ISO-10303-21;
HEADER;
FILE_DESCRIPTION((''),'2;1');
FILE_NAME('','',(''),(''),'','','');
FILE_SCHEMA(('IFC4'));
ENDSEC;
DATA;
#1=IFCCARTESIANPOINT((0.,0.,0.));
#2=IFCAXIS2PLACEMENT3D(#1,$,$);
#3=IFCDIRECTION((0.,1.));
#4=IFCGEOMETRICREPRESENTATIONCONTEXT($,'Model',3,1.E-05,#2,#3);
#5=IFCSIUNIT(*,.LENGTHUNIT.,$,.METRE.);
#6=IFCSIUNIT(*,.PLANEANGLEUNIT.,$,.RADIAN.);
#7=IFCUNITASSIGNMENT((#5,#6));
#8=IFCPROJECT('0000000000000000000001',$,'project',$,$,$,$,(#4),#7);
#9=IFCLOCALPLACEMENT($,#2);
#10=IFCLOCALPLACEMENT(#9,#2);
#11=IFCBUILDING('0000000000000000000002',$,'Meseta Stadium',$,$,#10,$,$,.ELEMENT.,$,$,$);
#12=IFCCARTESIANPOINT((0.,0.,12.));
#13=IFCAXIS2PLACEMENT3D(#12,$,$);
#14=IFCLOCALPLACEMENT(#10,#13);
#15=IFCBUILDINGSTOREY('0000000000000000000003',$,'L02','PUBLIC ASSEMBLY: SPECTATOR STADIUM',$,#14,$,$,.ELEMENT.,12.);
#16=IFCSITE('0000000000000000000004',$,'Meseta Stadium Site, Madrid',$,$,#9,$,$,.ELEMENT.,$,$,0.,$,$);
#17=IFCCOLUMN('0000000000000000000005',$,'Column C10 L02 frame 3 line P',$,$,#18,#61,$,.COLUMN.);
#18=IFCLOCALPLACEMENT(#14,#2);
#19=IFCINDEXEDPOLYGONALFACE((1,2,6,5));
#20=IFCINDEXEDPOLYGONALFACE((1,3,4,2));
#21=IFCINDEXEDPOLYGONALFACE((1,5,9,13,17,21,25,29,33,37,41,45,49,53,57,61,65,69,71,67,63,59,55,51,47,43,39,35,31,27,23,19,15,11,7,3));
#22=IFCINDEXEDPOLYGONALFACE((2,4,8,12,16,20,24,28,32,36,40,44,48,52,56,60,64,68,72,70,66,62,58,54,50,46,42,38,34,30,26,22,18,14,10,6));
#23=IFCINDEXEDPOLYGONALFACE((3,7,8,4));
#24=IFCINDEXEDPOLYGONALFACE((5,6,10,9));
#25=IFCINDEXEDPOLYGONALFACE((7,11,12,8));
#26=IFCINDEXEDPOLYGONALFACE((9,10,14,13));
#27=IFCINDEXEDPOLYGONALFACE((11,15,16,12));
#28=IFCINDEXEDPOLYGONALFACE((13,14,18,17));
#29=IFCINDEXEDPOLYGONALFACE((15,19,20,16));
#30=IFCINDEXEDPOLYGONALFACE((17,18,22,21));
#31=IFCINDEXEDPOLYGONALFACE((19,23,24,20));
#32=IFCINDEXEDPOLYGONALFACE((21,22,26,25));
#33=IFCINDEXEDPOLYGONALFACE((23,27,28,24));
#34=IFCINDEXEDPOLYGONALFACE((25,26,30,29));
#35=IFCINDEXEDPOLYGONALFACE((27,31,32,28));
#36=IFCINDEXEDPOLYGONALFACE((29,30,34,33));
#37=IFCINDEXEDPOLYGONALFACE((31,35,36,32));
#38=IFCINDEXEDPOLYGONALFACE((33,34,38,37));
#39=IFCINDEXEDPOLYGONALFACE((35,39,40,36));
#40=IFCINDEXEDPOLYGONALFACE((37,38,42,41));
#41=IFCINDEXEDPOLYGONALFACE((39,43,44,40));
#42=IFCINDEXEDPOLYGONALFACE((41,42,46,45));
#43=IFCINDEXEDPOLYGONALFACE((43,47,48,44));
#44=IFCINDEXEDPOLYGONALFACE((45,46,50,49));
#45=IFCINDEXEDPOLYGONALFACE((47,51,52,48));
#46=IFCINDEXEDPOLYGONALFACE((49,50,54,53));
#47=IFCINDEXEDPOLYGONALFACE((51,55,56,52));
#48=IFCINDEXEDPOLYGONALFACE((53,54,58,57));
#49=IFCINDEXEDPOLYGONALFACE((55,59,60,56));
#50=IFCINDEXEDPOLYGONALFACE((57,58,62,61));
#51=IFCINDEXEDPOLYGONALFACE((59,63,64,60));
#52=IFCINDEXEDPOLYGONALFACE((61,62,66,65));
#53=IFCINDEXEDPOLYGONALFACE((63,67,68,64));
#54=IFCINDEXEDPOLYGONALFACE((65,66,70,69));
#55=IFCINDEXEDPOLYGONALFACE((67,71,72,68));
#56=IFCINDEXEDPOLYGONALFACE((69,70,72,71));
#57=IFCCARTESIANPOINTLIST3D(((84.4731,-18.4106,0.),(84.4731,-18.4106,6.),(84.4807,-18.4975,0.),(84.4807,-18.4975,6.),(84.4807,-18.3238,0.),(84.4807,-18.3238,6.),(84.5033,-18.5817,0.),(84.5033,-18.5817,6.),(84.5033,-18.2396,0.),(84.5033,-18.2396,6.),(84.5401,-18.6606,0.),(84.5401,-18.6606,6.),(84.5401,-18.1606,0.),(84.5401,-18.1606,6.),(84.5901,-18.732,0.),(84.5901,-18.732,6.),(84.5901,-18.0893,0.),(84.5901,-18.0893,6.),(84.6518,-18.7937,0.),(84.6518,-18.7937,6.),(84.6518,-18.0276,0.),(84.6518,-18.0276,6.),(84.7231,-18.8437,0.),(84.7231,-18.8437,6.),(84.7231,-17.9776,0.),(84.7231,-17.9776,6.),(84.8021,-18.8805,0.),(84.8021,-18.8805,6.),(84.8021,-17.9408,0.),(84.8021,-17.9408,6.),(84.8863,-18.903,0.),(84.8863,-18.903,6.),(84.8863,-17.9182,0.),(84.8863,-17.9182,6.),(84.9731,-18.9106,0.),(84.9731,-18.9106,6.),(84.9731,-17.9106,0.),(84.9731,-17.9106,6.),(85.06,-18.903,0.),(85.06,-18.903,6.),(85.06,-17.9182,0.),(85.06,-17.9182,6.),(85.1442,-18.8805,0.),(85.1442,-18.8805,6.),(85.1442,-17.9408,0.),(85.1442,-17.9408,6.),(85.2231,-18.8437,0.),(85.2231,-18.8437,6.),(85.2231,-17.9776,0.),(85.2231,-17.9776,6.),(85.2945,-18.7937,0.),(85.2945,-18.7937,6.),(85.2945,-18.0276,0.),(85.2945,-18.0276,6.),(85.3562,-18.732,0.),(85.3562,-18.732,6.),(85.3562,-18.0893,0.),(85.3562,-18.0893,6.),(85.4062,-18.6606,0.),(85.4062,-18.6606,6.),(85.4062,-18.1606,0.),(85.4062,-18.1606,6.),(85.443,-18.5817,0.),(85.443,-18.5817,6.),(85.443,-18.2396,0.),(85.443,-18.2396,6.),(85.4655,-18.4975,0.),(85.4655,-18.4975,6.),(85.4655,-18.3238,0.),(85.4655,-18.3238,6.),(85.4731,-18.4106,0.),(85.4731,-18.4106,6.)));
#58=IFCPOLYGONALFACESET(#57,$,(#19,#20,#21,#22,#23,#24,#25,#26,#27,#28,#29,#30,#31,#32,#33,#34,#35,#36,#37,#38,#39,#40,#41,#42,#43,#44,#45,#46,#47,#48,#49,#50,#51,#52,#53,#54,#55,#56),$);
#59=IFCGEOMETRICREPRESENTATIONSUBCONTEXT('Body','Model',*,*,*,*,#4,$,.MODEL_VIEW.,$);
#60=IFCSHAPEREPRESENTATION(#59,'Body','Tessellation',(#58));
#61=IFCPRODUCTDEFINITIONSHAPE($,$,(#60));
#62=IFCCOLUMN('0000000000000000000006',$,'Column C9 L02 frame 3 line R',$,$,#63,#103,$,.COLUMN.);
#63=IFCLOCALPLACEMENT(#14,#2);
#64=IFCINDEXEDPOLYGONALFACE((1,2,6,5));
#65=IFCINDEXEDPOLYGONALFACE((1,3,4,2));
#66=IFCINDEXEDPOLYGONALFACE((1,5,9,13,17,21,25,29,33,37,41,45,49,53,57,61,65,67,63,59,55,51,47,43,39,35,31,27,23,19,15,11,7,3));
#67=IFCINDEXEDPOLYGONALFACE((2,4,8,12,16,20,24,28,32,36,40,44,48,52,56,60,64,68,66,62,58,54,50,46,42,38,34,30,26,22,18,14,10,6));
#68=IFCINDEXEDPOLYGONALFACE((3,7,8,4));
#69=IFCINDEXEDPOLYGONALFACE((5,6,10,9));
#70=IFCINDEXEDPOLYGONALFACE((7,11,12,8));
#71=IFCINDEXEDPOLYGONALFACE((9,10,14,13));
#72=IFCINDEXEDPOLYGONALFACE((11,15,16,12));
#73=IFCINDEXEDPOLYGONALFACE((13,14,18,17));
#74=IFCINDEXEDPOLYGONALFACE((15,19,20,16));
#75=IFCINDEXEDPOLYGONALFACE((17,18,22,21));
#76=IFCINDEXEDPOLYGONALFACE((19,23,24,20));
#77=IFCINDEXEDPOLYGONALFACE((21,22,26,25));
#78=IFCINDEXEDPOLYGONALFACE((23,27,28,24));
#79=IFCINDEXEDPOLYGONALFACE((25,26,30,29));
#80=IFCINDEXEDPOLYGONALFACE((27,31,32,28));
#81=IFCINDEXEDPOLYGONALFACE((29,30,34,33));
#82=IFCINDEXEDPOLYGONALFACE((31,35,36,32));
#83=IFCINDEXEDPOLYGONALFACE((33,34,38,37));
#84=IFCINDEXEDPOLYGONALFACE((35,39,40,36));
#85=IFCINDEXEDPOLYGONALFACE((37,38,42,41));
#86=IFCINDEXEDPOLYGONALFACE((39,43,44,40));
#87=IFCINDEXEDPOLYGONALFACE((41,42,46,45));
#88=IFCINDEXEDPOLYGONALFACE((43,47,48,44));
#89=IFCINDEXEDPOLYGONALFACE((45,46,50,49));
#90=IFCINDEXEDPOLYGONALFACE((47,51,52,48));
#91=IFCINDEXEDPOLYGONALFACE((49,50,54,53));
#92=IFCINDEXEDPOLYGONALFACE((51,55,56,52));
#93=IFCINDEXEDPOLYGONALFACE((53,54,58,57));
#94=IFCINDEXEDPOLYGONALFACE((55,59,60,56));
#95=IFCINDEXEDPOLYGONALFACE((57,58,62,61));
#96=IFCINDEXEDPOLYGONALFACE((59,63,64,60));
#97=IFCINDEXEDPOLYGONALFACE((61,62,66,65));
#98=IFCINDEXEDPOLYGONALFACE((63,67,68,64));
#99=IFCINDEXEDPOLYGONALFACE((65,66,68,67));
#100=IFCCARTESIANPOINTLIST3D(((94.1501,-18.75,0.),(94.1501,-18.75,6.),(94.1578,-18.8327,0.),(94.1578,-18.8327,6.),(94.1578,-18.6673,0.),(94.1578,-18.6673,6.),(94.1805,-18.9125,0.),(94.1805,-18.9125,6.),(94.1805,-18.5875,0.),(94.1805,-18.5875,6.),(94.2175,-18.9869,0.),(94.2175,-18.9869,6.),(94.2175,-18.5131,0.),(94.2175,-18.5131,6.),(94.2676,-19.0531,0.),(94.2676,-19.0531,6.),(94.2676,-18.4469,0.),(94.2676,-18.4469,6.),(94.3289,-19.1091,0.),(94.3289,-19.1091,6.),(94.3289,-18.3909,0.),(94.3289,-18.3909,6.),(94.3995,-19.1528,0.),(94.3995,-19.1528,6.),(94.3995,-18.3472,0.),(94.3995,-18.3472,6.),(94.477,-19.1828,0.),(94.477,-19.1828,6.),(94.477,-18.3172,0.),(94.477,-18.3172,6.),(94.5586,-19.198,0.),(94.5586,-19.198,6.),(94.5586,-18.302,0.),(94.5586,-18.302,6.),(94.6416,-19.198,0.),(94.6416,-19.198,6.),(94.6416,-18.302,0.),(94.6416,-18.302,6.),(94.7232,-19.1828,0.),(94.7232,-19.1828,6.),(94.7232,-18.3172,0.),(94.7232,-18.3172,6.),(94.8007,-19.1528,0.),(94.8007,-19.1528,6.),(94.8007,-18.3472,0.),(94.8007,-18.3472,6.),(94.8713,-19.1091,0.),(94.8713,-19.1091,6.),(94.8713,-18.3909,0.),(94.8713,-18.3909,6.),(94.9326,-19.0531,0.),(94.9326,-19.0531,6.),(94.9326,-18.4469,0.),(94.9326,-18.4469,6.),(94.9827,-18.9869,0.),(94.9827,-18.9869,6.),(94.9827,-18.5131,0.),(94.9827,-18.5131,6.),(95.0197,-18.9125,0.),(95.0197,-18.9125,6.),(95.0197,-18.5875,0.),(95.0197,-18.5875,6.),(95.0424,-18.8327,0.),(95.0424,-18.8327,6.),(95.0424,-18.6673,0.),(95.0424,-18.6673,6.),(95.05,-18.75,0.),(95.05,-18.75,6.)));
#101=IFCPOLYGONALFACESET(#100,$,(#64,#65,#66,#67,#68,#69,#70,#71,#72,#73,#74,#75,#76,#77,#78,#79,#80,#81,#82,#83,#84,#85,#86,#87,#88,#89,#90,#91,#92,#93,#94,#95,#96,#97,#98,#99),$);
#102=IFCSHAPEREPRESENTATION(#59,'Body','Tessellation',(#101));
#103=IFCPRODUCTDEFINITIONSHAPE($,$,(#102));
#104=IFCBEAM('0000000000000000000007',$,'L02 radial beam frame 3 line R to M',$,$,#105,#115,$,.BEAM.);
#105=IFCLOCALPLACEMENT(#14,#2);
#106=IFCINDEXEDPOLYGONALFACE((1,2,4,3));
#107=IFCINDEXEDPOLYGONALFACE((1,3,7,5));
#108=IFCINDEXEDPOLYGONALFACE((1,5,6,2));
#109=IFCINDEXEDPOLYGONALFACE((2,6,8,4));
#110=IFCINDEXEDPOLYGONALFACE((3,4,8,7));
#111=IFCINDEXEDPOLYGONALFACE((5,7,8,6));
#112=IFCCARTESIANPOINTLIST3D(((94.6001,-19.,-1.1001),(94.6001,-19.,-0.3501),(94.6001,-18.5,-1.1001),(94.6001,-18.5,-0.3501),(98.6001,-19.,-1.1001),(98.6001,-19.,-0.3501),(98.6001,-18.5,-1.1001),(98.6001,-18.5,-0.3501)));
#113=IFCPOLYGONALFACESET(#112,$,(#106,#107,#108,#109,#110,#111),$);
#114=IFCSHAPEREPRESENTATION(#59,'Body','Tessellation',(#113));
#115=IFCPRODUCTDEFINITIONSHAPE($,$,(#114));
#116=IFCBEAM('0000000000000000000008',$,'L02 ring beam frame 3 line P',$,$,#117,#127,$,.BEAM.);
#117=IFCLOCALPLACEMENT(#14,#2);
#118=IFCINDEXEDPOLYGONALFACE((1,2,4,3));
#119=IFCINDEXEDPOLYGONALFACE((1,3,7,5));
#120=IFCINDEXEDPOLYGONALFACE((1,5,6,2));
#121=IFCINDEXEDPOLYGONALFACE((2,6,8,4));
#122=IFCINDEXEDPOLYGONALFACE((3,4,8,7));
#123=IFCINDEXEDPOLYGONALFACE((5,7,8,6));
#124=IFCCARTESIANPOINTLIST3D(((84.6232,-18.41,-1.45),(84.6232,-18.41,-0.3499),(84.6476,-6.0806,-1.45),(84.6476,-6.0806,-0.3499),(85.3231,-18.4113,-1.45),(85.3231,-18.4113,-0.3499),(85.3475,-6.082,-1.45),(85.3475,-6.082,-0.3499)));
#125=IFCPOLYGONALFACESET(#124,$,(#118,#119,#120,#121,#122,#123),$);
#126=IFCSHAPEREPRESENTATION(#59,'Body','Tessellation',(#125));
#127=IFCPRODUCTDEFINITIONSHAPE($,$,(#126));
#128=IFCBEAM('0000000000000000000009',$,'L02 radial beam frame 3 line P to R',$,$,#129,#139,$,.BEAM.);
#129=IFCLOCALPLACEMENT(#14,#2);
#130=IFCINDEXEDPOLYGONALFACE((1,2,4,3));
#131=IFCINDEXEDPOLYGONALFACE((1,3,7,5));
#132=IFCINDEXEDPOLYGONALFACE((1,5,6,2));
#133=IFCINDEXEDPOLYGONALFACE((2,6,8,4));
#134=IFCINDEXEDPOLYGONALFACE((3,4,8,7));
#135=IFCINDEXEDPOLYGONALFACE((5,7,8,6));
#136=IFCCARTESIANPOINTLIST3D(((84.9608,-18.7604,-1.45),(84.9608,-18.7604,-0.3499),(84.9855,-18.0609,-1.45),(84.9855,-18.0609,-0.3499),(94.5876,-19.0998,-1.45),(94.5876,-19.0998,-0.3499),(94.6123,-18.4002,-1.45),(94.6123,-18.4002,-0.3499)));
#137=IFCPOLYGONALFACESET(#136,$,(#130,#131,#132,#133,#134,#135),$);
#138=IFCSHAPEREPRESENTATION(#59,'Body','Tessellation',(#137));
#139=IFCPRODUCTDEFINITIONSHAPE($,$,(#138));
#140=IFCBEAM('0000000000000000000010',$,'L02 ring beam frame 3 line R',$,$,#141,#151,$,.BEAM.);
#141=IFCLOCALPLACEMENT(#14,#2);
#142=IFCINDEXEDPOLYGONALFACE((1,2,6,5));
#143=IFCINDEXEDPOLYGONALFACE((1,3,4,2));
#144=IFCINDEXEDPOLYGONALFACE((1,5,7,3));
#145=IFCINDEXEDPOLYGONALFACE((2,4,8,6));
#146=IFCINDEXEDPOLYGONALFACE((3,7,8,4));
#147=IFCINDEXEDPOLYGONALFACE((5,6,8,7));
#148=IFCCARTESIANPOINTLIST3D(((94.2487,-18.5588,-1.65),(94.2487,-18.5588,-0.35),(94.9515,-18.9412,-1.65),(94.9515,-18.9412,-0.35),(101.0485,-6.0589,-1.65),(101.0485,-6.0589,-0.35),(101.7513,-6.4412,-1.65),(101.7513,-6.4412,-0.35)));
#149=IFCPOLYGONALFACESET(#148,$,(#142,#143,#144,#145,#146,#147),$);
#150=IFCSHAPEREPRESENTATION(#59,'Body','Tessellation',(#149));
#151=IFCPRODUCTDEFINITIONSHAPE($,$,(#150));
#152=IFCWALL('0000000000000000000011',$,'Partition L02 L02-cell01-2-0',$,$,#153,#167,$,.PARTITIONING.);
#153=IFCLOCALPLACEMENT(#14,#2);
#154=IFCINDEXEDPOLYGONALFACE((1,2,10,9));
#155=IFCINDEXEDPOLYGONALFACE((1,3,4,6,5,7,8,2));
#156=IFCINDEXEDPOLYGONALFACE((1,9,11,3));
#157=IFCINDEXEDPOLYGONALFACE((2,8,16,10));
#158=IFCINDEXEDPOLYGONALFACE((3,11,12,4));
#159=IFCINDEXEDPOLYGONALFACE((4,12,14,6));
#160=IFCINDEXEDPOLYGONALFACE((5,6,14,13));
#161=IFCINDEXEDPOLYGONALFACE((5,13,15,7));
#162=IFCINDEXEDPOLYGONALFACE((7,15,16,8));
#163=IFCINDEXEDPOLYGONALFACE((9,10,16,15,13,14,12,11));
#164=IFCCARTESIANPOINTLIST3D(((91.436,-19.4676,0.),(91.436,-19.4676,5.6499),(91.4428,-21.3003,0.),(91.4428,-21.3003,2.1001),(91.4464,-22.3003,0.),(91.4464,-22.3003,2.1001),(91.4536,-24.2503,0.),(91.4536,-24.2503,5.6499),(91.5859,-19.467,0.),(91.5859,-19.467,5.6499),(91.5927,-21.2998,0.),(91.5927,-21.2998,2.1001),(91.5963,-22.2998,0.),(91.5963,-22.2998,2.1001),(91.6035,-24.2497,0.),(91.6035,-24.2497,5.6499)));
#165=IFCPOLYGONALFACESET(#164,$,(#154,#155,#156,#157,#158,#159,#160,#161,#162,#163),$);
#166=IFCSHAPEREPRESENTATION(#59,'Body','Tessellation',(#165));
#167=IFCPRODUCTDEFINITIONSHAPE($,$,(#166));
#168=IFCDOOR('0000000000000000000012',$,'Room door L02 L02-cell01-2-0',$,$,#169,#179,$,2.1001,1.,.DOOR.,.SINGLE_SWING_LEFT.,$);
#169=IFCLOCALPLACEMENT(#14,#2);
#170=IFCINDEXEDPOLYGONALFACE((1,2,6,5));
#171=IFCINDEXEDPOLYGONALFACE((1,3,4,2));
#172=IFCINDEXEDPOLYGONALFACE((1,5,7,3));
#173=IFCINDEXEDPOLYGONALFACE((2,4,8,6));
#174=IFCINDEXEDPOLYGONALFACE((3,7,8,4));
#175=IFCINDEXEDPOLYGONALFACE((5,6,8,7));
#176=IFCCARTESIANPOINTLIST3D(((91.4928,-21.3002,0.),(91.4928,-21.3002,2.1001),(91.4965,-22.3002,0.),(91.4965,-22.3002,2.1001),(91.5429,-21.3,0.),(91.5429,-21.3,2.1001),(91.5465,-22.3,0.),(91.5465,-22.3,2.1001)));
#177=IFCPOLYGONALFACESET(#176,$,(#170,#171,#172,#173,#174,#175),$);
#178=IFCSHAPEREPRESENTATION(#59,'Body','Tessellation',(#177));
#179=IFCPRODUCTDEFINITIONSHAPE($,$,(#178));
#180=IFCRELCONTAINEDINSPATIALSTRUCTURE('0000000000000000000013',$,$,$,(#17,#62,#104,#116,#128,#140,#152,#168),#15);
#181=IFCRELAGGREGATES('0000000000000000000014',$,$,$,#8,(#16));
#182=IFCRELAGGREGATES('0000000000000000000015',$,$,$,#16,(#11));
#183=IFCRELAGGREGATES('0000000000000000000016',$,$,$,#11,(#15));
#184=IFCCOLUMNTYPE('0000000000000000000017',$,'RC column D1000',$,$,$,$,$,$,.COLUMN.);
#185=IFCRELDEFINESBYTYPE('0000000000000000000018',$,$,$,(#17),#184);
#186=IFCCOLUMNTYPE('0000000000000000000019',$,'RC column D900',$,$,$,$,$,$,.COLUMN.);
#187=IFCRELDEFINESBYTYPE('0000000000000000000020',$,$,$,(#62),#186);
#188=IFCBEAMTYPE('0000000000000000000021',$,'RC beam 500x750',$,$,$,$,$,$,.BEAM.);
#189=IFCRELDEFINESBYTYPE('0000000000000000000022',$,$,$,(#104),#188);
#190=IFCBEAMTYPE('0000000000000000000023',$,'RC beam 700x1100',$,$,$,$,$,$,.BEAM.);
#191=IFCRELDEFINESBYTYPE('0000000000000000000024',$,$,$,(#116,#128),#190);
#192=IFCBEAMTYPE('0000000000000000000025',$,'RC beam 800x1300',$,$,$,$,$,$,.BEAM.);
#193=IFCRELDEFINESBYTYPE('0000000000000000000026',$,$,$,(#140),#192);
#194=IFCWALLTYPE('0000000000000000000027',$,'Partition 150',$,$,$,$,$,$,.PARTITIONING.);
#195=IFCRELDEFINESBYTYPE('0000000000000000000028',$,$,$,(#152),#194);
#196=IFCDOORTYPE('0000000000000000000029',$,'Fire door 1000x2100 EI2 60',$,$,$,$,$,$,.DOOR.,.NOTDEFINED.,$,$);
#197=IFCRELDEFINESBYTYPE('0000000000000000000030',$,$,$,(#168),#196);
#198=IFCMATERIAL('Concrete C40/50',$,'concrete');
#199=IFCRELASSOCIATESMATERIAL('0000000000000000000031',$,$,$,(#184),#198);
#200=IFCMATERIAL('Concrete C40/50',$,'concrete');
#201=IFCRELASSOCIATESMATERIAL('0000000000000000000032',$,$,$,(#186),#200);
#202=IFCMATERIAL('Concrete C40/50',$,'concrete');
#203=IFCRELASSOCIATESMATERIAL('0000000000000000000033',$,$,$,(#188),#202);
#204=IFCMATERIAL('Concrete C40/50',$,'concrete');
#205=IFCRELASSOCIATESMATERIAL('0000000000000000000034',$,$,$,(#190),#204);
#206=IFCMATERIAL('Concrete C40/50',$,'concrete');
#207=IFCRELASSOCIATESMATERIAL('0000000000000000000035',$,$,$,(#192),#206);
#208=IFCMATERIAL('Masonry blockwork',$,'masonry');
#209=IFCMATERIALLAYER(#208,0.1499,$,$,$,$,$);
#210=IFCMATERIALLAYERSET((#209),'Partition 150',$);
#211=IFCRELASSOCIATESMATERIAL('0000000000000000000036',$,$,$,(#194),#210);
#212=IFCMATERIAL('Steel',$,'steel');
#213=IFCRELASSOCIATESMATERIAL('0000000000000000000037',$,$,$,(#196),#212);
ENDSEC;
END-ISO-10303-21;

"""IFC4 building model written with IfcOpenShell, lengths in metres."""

from ifc_helpers import new_model, si_unit, direction, frame, frame_2d, origin, origin_2d, place, context, subcontext, project, spatial, rectangle, circle, extrude, material, layer, layer_set, material_profile, profile_set, type_object, element, fill, save


model = new_model("IFC4")

# Units and contexts
model_context = context("Model", 3, precision=1e-05, world=origin(), true_north=direction((0.0, 1.0)))
body_context = subcontext(model_context, "Body", "Model", "MODEL_VIEW")
ifc_project = project(units=[si_unit("LENGTHUNIT", "METRE"), si_unit("PLANEANGLEUNIT", "RADIAN")], contexts=[model_context])

# Site, building, storey
site_placement = place(None, origin())
site = spatial("IfcSite", under=ifc_project, at=site_placement, Name="Meseta Stadium Site, Madrid", CompositionType="ELEMENT", RefElevation=0.0)
building_placement = place(site_placement, origin())
building = spatial("IfcBuilding", under=site, at=building_placement, Name="Meseta Stadium", CompositionType="ELEMENT")
storey_placement = place(building_placement, frame((0.0, 0.0, 12.0)))
storey = spatial("IfcBuildingStorey", under=building, at=storey_placement, Name="L02", Description="PUBLIC ASSEMBLY: SPECTATOR STADIUM", CompositionType="ELEMENT", Elevation=12.0)

# Columns
ifc_material_1 = material(Name="Concrete C40/50", Category="concrete")
ifc_material_profile_1 = material_profile(ifc_material_1, circle(Radius=0.5, at=origin_2d()), Name="RC D1000")
ifc_profile_set_1 = profile_set([ifc_material_profile_1], Name="Concrete C40/50")
column_type_1 = type_object("IfcColumnType", Name="RC column D1000", PredefinedType="COLUMN", material=ifc_profile_set_1)
column_1_placement = place(storey_placement, frame((84.9731, -18.4106, 0.0), z_axis=(0.0, 0.0, 1.0), x_axis=(1.0, 0.0, 0.0)))
element("IfcColumn", 1, at=column_1_placement, inside=storey, type_object=column_type_1, Name="Column C10 L02 frame 3 line P", PredefinedType="COLUMN", context=body_context, shape_type="SweptSolid", body=[
    extrude(circle(Radius=0.5, at=origin_2d()), origin(), (0.0, 0.0, 1.0), 6.0),
])
ifc_material_2 = material(Name="Concrete C40/50", Category="concrete")
ifc_material_profile_2 = material_profile(ifc_material_2, circle(Radius=0.45, at=origin_2d()), Name="RC D900")
ifc_profile_set_2 = profile_set([ifc_material_profile_2], Name="Concrete C40/50")
column_type_2 = type_object("IfcColumnType", Name="RC column D900", PredefinedType="COLUMN", material=ifc_profile_set_2)
column_2_placement = place(storey_placement, frame((94.6001, -18.75, 0.0), z_axis=(0.0, 0.0, 1.0), x_axis=(1.0, 0.0, 0.0)))
element("IfcColumn", 2, at=column_2_placement, inside=storey, type_object=column_type_2, Name="Column C9 L02 frame 3 line R", PredefinedType="COLUMN", context=body_context, shape_type="SweptSolid", body=[
    extrude(circle(Radius=0.45, at=origin_2d()), origin(), (0.0, 0.0, 1.0), 6.0),
])

# Beams
ifc_material_3 = material(Name="Concrete C40/50", Category="concrete")
ifc_material_profile_3 = material_profile(ifc_material_3, rectangle(XDim=0.5, YDim=0.75, at=origin_2d()), Name="RC 500x750")
ifc_profile_set_3 = profile_set([ifc_material_profile_3], Name="Concrete C40/50")
beam_type_1 = type_object("IfcBeamType", Name="RC beam 500x750", PredefinedType="BEAM", material=ifc_profile_set_3)
beam_1_placement = place(storey_placement, frame((94.6001, -18.75, -0.7251), z_axis=(1.0, 0.0, 0.0), x_axis=(0.0, 1.0, 0.0)))
element("IfcBeam", 3, at=beam_1_placement, inside=storey, type_object=beam_type_1, Name="L02 radial beam frame 3 line R to M", PredefinedType="BEAM", context=body_context, shape_type="SweptSolid", body=[
    extrude(rectangle(XDim=0.5, YDim=0.75, at=origin_2d()), origin(), (0.0, 0.0, 1.0), 4.0),
])
ifc_material_4 = material(Name="Concrete C40/50", Category="concrete")
ifc_material_profile_4 = material_profile(ifc_material_4, rectangle(XDim=0.7, YDim=1.1001, at=origin_2d()), Name="RC 700x1100")
ifc_profile_set_4 = profile_set([ifc_material_profile_4], Name="Concrete C40/50")
beam_type_2 = type_object("IfcBeamType", Name="RC beam 700x1100", PredefinedType="BEAM", material=ifc_profile_set_4)
beam_2_placement = place(storey_placement, frame((84.9731, -18.4106, -0.8999), z_axis=(0.00198, 0.999998, 0.0), x_axis=(-0.999998, 0.00198, 0.0)))
element("IfcBeam", 4, at=beam_2_placement, inside=storey, type_object=beam_type_2, Name="L02 ring beam frame 3 line P", PredefinedType="BEAM", context=body_context, shape_type="SweptSolid", body=[
    extrude(rectangle(XDim=0.7, YDim=1.1001, at=origin_2d()), origin(), (0.0, 0.0, 1.0), 12.3293),
])
beam_3_placement = place(storey_placement, frame((84.9731, -18.4106, -0.8999), z_axis=(0.999379, -0.035229, 0.0), x_axis=(0.035229, 0.999379, 0.0)))
element("IfcBeam", 5, at=beam_3_placement, inside=storey, type_object=beam_type_2, Name="L02 radial beam frame 3 line P to R", PredefinedType="BEAM", context=body_context, shape_type="SweptSolid", body=[
    extrude(rectangle(XDim=0.7, YDim=1.1001, at=origin_2d()), origin(), (0.0, 0.0, 1.0), 9.6328),
])
ifc_material_5 = material(Name="Concrete C40/50", Category="concrete")
ifc_material_profile_5 = material_profile(ifc_material_5, rectangle(XDim=0.8, YDim=1.3, at=origin_2d()), Name="RC 800x1300")
ifc_profile_set_5 = profile_set([ifc_material_profile_5], Name="Concrete C40/50")
beam_type_3 = type_object("IfcBeamType", Name="RC beam 800x1300", PredefinedType="BEAM", material=ifc_profile_set_5)
beam_4_placement = place(storey_placement, frame((94.6001, -18.75, -1.0), z_axis=(0.477856, 0.878438, 0.0), x_axis=(-0.878438, 0.477856, 0.0)))
element("IfcBeam", 6, at=beam_4_placement, inside=storey, type_object=beam_type_3, Name="L02 ring beam frame 3 line R", PredefinedType="BEAM", context=body_context, shape_type="SweptSolid", body=[
    extrude(rectangle(XDim=0.8, YDim=1.3, at=origin_2d()), origin(), (0.0, 0.0, 1.0), 14.2297),
])

# Wall, opening, door
ifc_material_6 = material(Name="Masonry blockwork", Category="masonry")
ifc_layer_1 = layer(ifc_material_6, 0.1499)
ifc_layer_set_1 = layer_set([ifc_layer_1], Name="Partition 150")
wall_type_1 = type_object("IfcWallType", Name="Partition 150", PredefinedType="PARTITIONING", material=ifc_layer_set_1)
wall_1_placement = place(storey_placement, frame((91.5286, -24.25, 0.0), z_axis=(0.0, 0.0, 1.0), x_axis=(-0.003675, 0.999993, 0.0)))
wall_1 = element("IfcWall", 7, at=wall_1_placement, inside=storey, type_object=wall_type_1, Name="Partition L02 L02-cell01-2-0", PredefinedType="PARTITIONING", context=body_context, shape_type="SweptSolid", body=[
    extrude(rectangle(XDim=4.7827, YDim=0.1499, at=frame_2d((2.3914, 0.0))), origin(), (0.0, 0.0, 1.0), 5.6499),
])
opening_1_placement = place(wall_1_placement, frame((1.95, 0.0, 0.0)))
opening_1 = element("IfcOpeningElement", 8, at=opening_1_placement, cuts=wall_1, PredefinedType="OPENING", context=body_context, shape_type="SweptSolid", body=[
    extrude(rectangle(XDim=1.0, YDim=2.1001, at=frame_2d((0.5, 1.05))), frame((0.0, 0.085, 0.0), z_axis=(0.0, -1.0, 0.0), x_axis=(1.0, 0.0, 0.0)), (0.0, 0.0, 1.0), 0.1699),
])
ifc_material_7 = material(Name="Steel", Category="steel")
door_type_1 = type_object("IfcDoorType", Name="Fire door 1000x2100 EI2 60", OperationType="NOTDEFINED", PredefinedType="DOOR", material=ifc_material_7)
door_1_placement = place(opening_1_placement, origin())
door_1 = element("IfcDoor", 9, at=door_1_placement, inside=storey, type_object=door_type_1, Name="Room door L02 L02-cell01-2-0", OperationType="SINGLE_SWING_LEFT", OverallHeight=2.1001, OverallWidth=1.0, PredefinedType="DOOR", context=body_context, shape_type="SweptSolid", body=[
    extrude(rectangle(XDim=1.0, YDim=2.1001, at=frame_2d((0.5, 1.05))), frame((0.0, 0.0249, 0.0), z_axis=(0.0, -1.0, 0.0), x_axis=(1.0, 0.0, 0.0)), (0.0, 0.0, 1.0), 0.05),
])
fill(opening_1, door_1)

save(model, "model.ifc")
